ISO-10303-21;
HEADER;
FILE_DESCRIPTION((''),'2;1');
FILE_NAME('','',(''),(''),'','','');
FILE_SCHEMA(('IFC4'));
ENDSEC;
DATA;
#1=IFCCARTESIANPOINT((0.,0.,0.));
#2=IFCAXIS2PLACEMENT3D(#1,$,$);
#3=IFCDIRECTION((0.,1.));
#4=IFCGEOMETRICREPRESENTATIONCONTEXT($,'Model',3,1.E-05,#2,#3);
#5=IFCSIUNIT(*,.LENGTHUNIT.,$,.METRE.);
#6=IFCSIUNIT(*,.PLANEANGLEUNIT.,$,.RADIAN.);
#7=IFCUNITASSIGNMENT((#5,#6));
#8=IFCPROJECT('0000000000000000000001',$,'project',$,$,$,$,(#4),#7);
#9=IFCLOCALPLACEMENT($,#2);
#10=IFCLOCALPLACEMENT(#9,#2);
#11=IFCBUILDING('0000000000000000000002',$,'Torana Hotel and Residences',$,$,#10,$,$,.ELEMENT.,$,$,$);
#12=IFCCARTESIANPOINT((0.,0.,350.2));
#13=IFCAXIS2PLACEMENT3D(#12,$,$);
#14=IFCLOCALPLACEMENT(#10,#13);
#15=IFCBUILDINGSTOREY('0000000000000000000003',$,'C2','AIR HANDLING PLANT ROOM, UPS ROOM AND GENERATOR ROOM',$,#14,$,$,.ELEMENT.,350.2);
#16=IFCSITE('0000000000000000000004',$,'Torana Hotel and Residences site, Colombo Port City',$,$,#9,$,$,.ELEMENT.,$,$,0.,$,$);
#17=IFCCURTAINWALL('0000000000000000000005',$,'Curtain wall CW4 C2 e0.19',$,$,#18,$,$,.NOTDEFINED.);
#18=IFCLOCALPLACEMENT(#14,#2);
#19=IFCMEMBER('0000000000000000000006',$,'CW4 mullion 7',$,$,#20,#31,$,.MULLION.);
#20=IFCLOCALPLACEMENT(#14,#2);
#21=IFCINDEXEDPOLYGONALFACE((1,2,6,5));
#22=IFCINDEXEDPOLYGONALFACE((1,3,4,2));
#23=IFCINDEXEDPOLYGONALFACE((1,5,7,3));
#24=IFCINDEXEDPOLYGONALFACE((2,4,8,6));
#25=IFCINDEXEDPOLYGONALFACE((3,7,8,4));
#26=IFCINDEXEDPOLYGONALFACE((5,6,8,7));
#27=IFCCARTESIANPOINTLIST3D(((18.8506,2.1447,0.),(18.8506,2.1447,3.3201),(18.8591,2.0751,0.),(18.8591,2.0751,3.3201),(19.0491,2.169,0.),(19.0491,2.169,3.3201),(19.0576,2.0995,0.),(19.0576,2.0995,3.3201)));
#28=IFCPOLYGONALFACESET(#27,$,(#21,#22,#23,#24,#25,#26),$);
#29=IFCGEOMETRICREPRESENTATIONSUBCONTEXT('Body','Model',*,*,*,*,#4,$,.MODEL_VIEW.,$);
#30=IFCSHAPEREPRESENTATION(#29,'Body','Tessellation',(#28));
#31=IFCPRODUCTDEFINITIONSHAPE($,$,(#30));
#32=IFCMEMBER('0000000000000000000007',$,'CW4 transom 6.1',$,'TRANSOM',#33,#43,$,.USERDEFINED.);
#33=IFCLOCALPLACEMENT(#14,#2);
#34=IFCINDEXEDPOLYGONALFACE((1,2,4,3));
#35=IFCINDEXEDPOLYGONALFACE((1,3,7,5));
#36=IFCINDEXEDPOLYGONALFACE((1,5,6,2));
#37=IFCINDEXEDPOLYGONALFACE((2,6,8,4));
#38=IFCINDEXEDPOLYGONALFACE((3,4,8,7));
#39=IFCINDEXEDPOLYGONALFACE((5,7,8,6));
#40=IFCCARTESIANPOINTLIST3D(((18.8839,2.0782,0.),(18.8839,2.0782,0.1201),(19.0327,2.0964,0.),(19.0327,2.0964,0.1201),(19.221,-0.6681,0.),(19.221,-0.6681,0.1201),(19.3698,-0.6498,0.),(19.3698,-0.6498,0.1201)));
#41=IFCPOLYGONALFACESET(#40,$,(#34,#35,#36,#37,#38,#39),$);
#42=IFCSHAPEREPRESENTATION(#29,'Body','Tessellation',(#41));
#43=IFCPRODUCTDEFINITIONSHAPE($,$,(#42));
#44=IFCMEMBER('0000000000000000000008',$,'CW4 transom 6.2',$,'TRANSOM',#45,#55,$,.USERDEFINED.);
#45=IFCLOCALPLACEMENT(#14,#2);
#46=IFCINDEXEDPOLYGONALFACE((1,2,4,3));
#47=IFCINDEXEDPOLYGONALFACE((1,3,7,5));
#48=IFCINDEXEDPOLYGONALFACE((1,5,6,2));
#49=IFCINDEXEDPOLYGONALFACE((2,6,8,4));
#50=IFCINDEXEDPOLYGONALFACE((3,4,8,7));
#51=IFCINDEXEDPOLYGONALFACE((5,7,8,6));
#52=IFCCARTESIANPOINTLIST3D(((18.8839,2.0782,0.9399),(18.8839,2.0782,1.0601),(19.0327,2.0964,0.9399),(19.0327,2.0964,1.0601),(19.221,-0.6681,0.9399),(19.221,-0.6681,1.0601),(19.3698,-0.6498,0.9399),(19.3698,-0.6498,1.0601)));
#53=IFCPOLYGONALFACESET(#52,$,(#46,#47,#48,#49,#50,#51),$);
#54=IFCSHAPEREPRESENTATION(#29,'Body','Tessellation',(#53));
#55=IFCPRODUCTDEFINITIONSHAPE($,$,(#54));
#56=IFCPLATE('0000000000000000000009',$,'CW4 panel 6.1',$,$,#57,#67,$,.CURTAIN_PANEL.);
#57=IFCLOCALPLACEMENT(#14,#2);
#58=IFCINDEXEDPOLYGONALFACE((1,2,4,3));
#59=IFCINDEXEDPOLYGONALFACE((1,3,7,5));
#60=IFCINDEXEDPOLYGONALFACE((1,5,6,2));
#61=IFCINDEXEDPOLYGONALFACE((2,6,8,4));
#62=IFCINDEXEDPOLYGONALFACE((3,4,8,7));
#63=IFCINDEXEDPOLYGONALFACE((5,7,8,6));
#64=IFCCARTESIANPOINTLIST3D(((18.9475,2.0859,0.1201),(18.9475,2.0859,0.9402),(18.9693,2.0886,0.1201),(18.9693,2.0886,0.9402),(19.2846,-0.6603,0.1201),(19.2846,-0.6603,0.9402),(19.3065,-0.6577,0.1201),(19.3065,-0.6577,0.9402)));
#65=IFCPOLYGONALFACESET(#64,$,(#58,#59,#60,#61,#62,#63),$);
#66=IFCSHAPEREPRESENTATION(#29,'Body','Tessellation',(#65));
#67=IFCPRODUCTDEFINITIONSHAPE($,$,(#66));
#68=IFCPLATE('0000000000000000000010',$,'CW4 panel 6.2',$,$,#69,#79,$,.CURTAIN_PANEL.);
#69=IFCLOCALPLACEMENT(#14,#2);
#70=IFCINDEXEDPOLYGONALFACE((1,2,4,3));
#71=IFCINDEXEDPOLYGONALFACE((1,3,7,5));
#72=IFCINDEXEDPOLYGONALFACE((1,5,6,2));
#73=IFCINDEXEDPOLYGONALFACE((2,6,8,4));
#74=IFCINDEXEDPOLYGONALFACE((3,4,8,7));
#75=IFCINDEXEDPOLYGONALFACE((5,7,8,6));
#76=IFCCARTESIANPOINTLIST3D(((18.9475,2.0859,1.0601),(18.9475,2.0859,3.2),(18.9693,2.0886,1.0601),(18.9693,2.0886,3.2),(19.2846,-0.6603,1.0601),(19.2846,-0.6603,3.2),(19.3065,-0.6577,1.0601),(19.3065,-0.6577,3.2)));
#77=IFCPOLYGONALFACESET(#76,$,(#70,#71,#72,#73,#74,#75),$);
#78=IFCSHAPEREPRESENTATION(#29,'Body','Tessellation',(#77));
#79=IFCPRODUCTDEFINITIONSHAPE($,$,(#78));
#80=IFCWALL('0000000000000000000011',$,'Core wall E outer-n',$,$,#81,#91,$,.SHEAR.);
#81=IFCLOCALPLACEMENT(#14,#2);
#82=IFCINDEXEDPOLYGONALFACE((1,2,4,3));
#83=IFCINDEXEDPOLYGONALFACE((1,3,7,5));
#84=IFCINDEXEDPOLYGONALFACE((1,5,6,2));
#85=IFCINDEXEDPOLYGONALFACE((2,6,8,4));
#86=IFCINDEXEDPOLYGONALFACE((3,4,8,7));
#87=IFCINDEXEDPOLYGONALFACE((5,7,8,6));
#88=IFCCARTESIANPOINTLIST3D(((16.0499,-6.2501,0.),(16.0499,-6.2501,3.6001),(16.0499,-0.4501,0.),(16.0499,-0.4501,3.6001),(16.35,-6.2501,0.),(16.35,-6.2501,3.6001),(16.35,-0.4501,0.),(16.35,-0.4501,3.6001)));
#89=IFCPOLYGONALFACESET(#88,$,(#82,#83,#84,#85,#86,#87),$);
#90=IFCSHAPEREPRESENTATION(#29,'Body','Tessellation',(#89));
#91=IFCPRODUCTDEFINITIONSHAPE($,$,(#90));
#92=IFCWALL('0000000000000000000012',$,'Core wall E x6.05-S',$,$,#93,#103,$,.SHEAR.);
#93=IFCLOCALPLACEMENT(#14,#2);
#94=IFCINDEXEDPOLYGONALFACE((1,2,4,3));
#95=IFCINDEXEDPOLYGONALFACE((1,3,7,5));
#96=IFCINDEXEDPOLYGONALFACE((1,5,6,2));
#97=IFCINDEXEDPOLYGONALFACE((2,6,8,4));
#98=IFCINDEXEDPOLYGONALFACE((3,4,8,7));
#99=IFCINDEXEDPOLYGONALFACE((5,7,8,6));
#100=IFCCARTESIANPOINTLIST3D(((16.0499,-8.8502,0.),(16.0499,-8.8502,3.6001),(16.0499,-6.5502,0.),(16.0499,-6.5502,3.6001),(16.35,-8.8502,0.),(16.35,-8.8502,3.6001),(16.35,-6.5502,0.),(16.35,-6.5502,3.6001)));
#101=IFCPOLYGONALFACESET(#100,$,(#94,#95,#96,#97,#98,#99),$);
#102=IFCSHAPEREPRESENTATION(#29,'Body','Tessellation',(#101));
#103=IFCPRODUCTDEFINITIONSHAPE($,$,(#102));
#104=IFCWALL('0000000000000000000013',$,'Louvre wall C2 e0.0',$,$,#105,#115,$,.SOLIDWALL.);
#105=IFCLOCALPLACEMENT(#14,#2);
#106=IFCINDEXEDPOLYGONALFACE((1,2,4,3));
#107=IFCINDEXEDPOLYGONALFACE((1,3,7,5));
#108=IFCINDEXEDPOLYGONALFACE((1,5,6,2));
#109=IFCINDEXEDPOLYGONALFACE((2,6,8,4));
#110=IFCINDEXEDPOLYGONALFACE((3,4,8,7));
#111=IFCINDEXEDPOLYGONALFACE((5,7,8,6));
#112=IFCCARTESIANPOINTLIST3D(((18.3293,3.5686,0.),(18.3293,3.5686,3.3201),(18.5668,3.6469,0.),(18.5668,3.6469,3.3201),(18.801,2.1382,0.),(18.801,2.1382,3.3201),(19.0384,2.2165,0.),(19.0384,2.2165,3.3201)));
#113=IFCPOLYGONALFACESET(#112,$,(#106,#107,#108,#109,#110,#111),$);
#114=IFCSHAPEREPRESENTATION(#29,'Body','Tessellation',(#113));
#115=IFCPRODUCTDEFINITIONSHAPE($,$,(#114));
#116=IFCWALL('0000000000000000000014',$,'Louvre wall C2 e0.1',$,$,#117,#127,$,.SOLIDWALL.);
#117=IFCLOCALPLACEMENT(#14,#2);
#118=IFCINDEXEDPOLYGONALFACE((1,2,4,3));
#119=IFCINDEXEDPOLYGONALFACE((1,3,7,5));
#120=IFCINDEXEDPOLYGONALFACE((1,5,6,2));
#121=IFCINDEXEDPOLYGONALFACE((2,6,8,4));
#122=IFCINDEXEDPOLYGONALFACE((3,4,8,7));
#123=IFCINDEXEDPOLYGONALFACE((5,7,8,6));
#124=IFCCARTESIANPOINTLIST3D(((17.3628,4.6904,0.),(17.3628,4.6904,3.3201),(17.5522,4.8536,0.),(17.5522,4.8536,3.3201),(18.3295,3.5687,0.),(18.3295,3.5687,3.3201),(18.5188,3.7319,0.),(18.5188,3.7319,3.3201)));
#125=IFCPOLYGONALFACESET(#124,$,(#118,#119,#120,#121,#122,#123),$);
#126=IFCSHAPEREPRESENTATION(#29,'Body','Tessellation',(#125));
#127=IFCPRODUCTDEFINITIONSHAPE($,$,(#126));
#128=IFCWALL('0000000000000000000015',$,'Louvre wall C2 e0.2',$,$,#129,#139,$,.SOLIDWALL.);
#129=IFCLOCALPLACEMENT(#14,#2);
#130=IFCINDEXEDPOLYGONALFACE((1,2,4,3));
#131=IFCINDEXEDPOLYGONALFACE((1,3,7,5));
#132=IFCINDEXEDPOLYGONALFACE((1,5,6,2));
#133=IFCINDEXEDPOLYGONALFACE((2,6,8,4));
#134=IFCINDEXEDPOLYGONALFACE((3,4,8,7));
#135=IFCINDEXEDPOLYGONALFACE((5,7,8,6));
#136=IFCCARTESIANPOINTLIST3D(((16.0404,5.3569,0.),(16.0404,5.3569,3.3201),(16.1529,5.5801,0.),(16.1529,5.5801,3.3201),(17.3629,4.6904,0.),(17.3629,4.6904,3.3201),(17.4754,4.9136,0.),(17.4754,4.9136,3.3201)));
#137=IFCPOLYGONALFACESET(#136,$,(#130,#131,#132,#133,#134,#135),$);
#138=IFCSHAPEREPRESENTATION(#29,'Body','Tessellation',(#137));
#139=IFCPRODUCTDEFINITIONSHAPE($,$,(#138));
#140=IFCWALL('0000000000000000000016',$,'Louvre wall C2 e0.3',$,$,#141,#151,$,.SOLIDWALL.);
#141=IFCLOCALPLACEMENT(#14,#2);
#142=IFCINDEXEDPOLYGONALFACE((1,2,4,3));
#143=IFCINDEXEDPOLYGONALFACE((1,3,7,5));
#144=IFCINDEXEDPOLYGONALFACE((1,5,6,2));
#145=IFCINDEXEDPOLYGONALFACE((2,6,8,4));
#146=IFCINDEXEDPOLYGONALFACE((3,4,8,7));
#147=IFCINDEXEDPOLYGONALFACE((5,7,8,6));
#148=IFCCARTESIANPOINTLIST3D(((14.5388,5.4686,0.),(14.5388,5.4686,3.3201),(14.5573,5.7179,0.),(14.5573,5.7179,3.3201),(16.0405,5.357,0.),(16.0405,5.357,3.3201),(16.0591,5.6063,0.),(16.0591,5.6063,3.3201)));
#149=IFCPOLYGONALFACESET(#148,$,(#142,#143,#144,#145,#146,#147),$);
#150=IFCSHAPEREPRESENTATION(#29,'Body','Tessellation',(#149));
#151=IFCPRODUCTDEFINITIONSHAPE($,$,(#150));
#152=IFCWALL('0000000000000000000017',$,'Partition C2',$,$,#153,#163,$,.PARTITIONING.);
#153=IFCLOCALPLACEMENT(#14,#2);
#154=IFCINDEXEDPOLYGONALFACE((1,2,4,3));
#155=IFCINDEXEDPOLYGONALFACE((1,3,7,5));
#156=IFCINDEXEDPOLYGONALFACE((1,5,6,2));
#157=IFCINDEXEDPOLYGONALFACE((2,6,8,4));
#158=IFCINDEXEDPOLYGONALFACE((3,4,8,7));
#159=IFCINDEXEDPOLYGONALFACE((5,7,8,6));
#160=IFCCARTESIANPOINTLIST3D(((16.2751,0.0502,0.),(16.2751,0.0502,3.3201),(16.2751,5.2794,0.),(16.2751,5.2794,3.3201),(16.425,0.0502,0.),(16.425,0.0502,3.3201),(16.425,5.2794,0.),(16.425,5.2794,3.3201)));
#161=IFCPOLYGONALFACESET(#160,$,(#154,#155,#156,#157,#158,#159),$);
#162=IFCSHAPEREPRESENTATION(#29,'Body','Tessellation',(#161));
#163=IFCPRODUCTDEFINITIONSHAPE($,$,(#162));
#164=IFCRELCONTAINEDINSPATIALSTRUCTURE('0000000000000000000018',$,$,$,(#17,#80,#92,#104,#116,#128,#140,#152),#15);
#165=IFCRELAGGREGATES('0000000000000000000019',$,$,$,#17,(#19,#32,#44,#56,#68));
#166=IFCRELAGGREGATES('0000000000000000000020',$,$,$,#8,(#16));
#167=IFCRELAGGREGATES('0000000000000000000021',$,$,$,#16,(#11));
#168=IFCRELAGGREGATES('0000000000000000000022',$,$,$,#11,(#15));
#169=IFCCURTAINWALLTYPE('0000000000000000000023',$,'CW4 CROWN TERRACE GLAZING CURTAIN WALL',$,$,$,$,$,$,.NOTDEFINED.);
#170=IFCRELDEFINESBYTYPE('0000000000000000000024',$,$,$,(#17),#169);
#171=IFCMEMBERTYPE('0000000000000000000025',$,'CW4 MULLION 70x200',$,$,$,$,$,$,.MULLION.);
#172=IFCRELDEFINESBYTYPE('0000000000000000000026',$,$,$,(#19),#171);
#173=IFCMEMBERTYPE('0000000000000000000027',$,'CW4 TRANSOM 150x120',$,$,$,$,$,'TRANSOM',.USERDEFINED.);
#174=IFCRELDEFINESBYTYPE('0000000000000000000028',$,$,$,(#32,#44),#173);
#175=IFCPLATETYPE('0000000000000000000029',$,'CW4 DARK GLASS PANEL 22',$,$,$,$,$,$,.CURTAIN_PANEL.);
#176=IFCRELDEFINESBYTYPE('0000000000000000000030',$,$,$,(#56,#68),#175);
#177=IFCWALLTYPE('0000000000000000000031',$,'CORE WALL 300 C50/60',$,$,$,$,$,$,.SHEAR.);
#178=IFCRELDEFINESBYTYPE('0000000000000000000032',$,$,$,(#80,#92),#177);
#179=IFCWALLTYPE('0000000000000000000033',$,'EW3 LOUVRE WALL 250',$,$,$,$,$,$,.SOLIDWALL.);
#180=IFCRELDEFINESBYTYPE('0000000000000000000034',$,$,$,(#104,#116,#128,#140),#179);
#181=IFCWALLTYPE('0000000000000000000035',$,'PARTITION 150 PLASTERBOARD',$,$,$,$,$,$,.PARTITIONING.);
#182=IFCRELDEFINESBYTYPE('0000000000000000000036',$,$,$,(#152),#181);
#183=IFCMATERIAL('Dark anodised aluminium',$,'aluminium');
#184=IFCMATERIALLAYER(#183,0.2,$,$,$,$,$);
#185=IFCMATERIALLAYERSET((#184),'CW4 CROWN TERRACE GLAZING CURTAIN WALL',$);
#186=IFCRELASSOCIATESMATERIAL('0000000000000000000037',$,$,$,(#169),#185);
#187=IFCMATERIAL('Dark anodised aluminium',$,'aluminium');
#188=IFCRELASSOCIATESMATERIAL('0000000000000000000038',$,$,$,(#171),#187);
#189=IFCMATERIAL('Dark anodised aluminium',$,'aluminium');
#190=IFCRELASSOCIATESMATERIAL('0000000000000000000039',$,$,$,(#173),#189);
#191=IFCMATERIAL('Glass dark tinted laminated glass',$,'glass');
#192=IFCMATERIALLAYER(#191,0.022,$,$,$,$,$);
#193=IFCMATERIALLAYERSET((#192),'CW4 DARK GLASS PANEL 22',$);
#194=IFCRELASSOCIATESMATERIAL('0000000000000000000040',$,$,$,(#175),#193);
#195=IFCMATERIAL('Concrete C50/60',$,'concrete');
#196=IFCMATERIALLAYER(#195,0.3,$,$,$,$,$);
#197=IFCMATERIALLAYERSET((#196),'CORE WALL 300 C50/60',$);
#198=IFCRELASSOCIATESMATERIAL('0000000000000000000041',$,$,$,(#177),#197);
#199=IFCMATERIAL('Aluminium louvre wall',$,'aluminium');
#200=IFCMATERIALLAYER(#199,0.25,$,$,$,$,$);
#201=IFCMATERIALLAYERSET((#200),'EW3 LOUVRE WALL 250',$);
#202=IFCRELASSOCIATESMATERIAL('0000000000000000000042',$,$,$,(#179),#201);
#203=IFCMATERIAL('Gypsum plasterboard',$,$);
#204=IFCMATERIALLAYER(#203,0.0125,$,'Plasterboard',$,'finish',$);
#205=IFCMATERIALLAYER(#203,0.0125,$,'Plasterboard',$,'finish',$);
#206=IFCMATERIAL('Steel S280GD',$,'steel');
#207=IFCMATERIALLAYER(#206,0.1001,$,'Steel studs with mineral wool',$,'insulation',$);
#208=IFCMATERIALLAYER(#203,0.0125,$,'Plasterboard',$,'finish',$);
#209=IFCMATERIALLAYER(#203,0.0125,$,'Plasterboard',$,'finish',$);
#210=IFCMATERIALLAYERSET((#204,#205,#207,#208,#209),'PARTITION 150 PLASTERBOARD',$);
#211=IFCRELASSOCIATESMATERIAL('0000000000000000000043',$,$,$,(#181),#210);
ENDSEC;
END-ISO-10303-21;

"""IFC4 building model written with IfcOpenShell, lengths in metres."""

from ifc_helpers import new_model, si_unit, direction, frame, frame_2d, origin, origin_2d, place, context, subcontext, project, spatial, rectangle, extrude, material, layer, layer_set, material_profile, profile_set, type_object, element, aggregate, save


model = new_model("IFC4")

# Units and contexts
model_context = context("Model", 3, precision=1e-05, world=origin(), true_north=direction((0.0, 1.0)))
body_context = subcontext(model_context, "Body", "Model", "MODEL_VIEW")
ifc_project = project(units=[si_unit("LENGTHUNIT", "METRE"), si_unit("PLANEANGLEUNIT", "RADIAN")], contexts=[model_context])

# Site, building, storey
site_placement = place(None, origin())
site = spatial("IfcSite", under=ifc_project, at=site_placement, Name="Torana Hotel and Residences site, Colombo Port City", CompositionType="ELEMENT", RefElevation=0.0)
building_placement = place(site_placement, origin())
building = spatial("IfcBuilding", under=site, at=building_placement, Name="Torana Hotel and Residences", CompositionType="ELEMENT")
storey_placement = place(building_placement, frame((0.0, 0.0, 350.2)))
storey = spatial("IfcBuildingStorey", under=building, at=storey_placement, Name="C2", Description="AIR HANDLING PLANT ROOM, UPS ROOM AND GENERATOR ROOM", CompositionType="ELEMENT", Elevation=350.2)

# Curtain wall, members, plates
ifc_material_1 = material(Name="Dark anodised aluminium", Category="aluminium")
ifc_layer_1 = layer(ifc_material_1, 0.2)
ifc_layer_set_1 = layer_set([ifc_layer_1], Name="CW4 CROWN TERRACE GLAZING CURTAIN WALL")
curtain_wall_type = type_object("IfcCurtainWallType", Name="CW4 CROWN TERRACE GLAZING CURTAIN WALL", PredefinedType="NOTDEFINED", material=ifc_layer_set_1)
curtain_wall_placement = place(storey_placement, origin())
curtain_wall = element("IfcCurtainWall", 1, at=curtain_wall_placement, inside=storey, type_object=curtain_wall_type, Name="Curtain wall CW4 C2 e0.19", PredefinedType="NOTDEFINED")
ifc_material_2 = material(Name="Dark anodised aluminium", Category="aluminium")
ifc_material_profile_1 = material_profile(ifc_material_2, rectangle(XDim=0.2, YDim=0.0701, at=origin_2d()), Name="CW4 MULLION 70x200")
ifc_profile_set_1 = profile_set([ifc_material_profile_1], Name="Dark anodised aluminium")
member_type_1 = type_object("IfcMemberType", Name="CW4 MULLION 70x200", PredefinedType="MULLION", material=ifc_profile_set_1)
member_1_placement = place(storey_placement, frame((18.9541, 2.1221, 0.0), z_axis=(0.0, 0.0, 1.0), x_axis=(-0.992546, -0.121869, 0.0)))
member_1 = element("IfcMember", 2, at=member_1_placement, type_object=member_type_1, Name="CW4 mullion 7", PredefinedType="MULLION", context=body_context, shape_type="SweptSolid", body=[
    extrude(rectangle(XDim=0.2, YDim=0.0701, at=origin_2d()), origin(), (0.0, 0.0, 1.0), 3.3201),
])
ifc_material_3 = material(Name="Dark anodised aluminium", Category="aluminium")
ifc_material_profile_2 = material_profile(ifc_material_3, rectangle(XDim=0.1499, YDim=0.1201, at=origin_2d()), Name="CW4 TRANSOM 150x120")
ifc_profile_set_2 = profile_set([ifc_material_profile_2], Name="Dark anodised aluminium")
member_type_2 = type_object("IfcMemberType", Name="CW4 TRANSOM 150x120", ElementType="TRANSOM", PredefinedType="USERDEFINED", material=ifc_profile_set_2)
member_2_placement = place(storey_placement, frame((19.2954, -0.6589, 0.0601), z_axis=(-0.121852, 0.992548, 0.0), x_axis=(-0.992548, -0.121852, 0.0)))
member_2 = element("IfcMember", 3, at=member_2_placement, type_object=member_type_2, Name="CW4 transom 6.1", ObjectType="TRANSOM", PredefinedType="USERDEFINED", context=body_context, shape_type="SweptSolid", body=[
    extrude(rectangle(XDim=0.1499, YDim=0.1201, at=origin_2d()), origin(), (0.0, 0.0, 1.0), 2.7668),
])
member_3_placement = place(storey_placement, frame((19.2954, -0.6589, 1.0), z_axis=(-0.121852, 0.992548, 0.0), x_axis=(-0.992548, -0.121852, 0.0)))
member_3 = element("IfcMember", 4, at=member_3_placement, type_object=member_type_2, Name="CW4 transom 6.2", ObjectType="TRANSOM", PredefinedType="USERDEFINED", context=body_context, shape_type="SweptSolid", body=[
    extrude(rectangle(XDim=0.1499, YDim=0.1201, at=origin_2d()), origin(), (0.0, 0.0, 1.0), 2.7668),
])
ifc_material_4 = material(Name="Glass dark tinted laminated glass", Category="glass")
ifc_layer_2 = layer(ifc_material_4, 0.022)
ifc_layer_set_2 = layer_set([ifc_layer_2], Name="CW4 DARK GLASS PANEL 22")
plate_type = type_object("IfcPlateType", Name="CW4 DARK GLASS PANEL 22", PredefinedType="CURTAIN_PANEL", material=ifc_layer_set_2)
plate_1_placement = place(storey_placement, frame((19.127, 0.7141, 0.1201), z_axis=(0.0, 0.0, 1.0), x_axis=(-0.121869, 0.992546, 0.0)))
plate_1 = element("IfcPlate", 5, at=plate_1_placement, type_object=plate_type, Name="CW4 panel 6.1", PredefinedType="CURTAIN_PANEL", context=body_context, shape_type="SweptSolid", body=[
    extrude(rectangle(XDim=2.7668, YDim=0.022, at=origin_2d()), origin(), (0.0, 0.0, 1.0), 0.8201),
])
plate_2_placement = place(storey_placement, frame((19.127, 0.7141, 1.0601), z_axis=(0.0, 0.0, 1.0), x_axis=(-0.121869, 0.992546, 0.0)))
plate_2 = element("IfcPlate", 6, at=plate_2_placement, type_object=plate_type, Name="CW4 panel 6.2", PredefinedType="CURTAIN_PANEL", context=body_context, shape_type="SweptSolid", body=[
    extrude(rectangle(XDim=2.7668, YDim=0.022, at=origin_2d()), origin(), (0.0, 0.0, 1.0), 2.1399),
])
aggregate(curtain_wall, [member_1, member_2, member_3, plate_1, plate_2])

# Walls
ifc_material_5 = material(Name="Concrete C50/60", Category="concrete")
ifc_layer_3 = layer(ifc_material_5, 0.3)
ifc_layer_set_3 = layer_set([ifc_layer_3], Name="CORE WALL 300 C50/60")
wall_type_1 = type_object("IfcWallType", Name="CORE WALL 300 C50/60", PredefinedType="SHEAR", material=ifc_layer_set_3)
wall_1_placement = place(storey_placement, frame((16.2, -6.25, 0.0), z_axis=(0.0, 0.0, 1.0), x_axis=(0.0, 1.0, 0.0)))
element("IfcWall", 7, at=wall_1_placement, inside=storey, type_object=wall_type_1, Name="Core wall E outer-n", PredefinedType="SHEAR", context=body_context, shape_type="SweptSolid", body=[
    extrude(rectangle(XDim=5.8, YDim=0.3, at=frame_2d((2.8999, 0.0))), origin(), (0.0, 0.0, 1.0), 3.6001),
])
wall_2_placement = place(storey_placement, frame((16.2, -8.8501, 0.0), z_axis=(0.0, 0.0, 1.0), x_axis=(0.0, 1.0, 0.0)))
element("IfcWall", 8, at=wall_2_placement, inside=storey, type_object=wall_type_1, Name="Core wall E x6.05-S", PredefinedType="SHEAR", context=body_context, shape_type="SweptSolid", body=[
    extrude(rectangle(XDim=2.3, YDim=0.3, at=frame_2d((1.1499, 0.0))), origin(), (0.0, 0.0, 1.0), 3.6001),
])
ifc_material_6 = material(Name="Aluminium louvre wall", Category="aluminium")
ifc_layer_4 = layer(ifc_material_6, 0.25)
ifc_layer_set_4 = layer_set([ifc_layer_4], Name="EW3 LOUVRE WALL 250")
wall_type_2 = type_object("IfcWallType", Name="EW3 LOUVRE WALL 250", PredefinedType="SOLIDWALL", material=ifc_layer_set_4)
wall_3_placement = place(storey_placement, frame((18.9197, 2.1775, 0.0), z_axis=(0.0, 0.0, 1.0), x_axis=(-0.313163, 0.9497, 0.0)))
element("IfcWall", 9, at=wall_3_placement, inside=storey, type_object=wall_type_2, Name="Louvre wall C2 e0.0", PredefinedType="SOLIDWALL", context=body_context, shape_type="SweptSolid", body=[
    extrude(rectangle(XDim=1.5061, YDim=0.25, at=frame_2d((0.7529, 0.0))), origin(), (0.0, 0.0, 1.0), 3.3201),
])
wall_4_placement = place(storey_placement, frame((18.4241, 3.6504, 0.0), z_axis=(0.0, 0.0, 1.0), x_axis=(-0.652812, 0.75752, 0.0)))
element("IfcWall", 10, at=wall_4_placement, inside=storey, type_object=wall_type_2, Name="Louvre wall C2 e0.1", PredefinedType="SOLIDWALL", context=body_context, shape_type="SweptSolid", body=[
    extrude(rectangle(XDim=1.4807, YDim=0.25, at=frame_2d((0.7402, 0.0))), origin(), (0.0, 0.0, 1.0), 3.3201),
])
wall_5_placement = place(storey_placement, frame((17.4192, 4.802, 0.0), z_axis=(0.0, 0.0, 1.0), x_axis=(-0.893005, 0.450047, 0.0)))
element("IfcWall", 11, at=wall_5_placement, inside=storey, type_object=wall_type_2, Name="Louvre wall C2 e0.2", PredefinedType="SOLIDWALL", context=body_context, shape_type="SweptSolid", body=[
    extrude(rectangle(XDim=1.481, YDim=0.25, at=frame_2d((0.7405, 0.0))), origin(), (0.0, 0.0, 1.0), 3.3201),
])
wall_6_placement = place(storey_placement, frame((16.0498, 5.4817, 0.0), z_axis=(0.0, 0.0, 1.0), x_axis=(-0.997251, 0.074093, 0.0)))
element("IfcWall", 12, at=wall_6_placement, inside=storey, type_object=wall_type_2, Name="Louvre wall C2 e0.3", PredefinedType="SOLIDWALL", context=body_context, shape_type="SweptSolid", body=[
    extrude(rectangle(XDim=1.5059, YDim=0.25, at=frame_2d((0.7529, 0.0))), origin(), (0.0, 0.0, 1.0), 3.3201),
])
ifc_material_7 = material(Name="Gypsum plasterboard")
ifc_layer_5 = layer(ifc_material_7, 0.0125, Name="Plasterboard", Category="finish")
ifc_layer_6 = layer(ifc_material_7, 0.0125, Name="Plasterboard", Category="finish")
ifc_material_8 = material(Name="Steel S280GD", Category="steel")
ifc_layer_7 = layer(ifc_material_8, 0.1001, Name="Steel studs with mineral wool", Category="insulation")
ifc_layer_8 = layer(ifc_material_7, 0.0125, Name="Plasterboard", Category="finish")
ifc_layer_9 = layer(ifc_material_7, 0.0125, Name="Plasterboard", Category="finish")
ifc_layer_set_5 = layer_set([ifc_layer_5, ifc_layer_6, ifc_layer_7, ifc_layer_8, ifc_layer_9], Name="PARTITION 150 PLASTERBOARD")
wall_type_3 = type_object("IfcWallType", Name="PARTITION 150 PLASTERBOARD", PredefinedType="PARTITIONING", material=ifc_layer_set_5)
wall_7_placement = place(storey_placement, frame((16.3501, 0.05, 0.0), z_axis=(0.0, 0.0, 1.0), x_axis=(0.0, 1.0, 0.0)))
element("IfcWall", 13, at=wall_7_placement, inside=storey, type_object=wall_type_3, Name="Partition C2", PredefinedType="PARTITIONING", context=body_context, shape_type="SweptSolid", body=[
    extrude(rectangle(XDim=5.2292, YDim=0.1499, at=frame_2d((2.6147, 0.0))), origin(), (0.0, 0.0, 1.0), 3.3201),
])

save(model, "model.ifc")
